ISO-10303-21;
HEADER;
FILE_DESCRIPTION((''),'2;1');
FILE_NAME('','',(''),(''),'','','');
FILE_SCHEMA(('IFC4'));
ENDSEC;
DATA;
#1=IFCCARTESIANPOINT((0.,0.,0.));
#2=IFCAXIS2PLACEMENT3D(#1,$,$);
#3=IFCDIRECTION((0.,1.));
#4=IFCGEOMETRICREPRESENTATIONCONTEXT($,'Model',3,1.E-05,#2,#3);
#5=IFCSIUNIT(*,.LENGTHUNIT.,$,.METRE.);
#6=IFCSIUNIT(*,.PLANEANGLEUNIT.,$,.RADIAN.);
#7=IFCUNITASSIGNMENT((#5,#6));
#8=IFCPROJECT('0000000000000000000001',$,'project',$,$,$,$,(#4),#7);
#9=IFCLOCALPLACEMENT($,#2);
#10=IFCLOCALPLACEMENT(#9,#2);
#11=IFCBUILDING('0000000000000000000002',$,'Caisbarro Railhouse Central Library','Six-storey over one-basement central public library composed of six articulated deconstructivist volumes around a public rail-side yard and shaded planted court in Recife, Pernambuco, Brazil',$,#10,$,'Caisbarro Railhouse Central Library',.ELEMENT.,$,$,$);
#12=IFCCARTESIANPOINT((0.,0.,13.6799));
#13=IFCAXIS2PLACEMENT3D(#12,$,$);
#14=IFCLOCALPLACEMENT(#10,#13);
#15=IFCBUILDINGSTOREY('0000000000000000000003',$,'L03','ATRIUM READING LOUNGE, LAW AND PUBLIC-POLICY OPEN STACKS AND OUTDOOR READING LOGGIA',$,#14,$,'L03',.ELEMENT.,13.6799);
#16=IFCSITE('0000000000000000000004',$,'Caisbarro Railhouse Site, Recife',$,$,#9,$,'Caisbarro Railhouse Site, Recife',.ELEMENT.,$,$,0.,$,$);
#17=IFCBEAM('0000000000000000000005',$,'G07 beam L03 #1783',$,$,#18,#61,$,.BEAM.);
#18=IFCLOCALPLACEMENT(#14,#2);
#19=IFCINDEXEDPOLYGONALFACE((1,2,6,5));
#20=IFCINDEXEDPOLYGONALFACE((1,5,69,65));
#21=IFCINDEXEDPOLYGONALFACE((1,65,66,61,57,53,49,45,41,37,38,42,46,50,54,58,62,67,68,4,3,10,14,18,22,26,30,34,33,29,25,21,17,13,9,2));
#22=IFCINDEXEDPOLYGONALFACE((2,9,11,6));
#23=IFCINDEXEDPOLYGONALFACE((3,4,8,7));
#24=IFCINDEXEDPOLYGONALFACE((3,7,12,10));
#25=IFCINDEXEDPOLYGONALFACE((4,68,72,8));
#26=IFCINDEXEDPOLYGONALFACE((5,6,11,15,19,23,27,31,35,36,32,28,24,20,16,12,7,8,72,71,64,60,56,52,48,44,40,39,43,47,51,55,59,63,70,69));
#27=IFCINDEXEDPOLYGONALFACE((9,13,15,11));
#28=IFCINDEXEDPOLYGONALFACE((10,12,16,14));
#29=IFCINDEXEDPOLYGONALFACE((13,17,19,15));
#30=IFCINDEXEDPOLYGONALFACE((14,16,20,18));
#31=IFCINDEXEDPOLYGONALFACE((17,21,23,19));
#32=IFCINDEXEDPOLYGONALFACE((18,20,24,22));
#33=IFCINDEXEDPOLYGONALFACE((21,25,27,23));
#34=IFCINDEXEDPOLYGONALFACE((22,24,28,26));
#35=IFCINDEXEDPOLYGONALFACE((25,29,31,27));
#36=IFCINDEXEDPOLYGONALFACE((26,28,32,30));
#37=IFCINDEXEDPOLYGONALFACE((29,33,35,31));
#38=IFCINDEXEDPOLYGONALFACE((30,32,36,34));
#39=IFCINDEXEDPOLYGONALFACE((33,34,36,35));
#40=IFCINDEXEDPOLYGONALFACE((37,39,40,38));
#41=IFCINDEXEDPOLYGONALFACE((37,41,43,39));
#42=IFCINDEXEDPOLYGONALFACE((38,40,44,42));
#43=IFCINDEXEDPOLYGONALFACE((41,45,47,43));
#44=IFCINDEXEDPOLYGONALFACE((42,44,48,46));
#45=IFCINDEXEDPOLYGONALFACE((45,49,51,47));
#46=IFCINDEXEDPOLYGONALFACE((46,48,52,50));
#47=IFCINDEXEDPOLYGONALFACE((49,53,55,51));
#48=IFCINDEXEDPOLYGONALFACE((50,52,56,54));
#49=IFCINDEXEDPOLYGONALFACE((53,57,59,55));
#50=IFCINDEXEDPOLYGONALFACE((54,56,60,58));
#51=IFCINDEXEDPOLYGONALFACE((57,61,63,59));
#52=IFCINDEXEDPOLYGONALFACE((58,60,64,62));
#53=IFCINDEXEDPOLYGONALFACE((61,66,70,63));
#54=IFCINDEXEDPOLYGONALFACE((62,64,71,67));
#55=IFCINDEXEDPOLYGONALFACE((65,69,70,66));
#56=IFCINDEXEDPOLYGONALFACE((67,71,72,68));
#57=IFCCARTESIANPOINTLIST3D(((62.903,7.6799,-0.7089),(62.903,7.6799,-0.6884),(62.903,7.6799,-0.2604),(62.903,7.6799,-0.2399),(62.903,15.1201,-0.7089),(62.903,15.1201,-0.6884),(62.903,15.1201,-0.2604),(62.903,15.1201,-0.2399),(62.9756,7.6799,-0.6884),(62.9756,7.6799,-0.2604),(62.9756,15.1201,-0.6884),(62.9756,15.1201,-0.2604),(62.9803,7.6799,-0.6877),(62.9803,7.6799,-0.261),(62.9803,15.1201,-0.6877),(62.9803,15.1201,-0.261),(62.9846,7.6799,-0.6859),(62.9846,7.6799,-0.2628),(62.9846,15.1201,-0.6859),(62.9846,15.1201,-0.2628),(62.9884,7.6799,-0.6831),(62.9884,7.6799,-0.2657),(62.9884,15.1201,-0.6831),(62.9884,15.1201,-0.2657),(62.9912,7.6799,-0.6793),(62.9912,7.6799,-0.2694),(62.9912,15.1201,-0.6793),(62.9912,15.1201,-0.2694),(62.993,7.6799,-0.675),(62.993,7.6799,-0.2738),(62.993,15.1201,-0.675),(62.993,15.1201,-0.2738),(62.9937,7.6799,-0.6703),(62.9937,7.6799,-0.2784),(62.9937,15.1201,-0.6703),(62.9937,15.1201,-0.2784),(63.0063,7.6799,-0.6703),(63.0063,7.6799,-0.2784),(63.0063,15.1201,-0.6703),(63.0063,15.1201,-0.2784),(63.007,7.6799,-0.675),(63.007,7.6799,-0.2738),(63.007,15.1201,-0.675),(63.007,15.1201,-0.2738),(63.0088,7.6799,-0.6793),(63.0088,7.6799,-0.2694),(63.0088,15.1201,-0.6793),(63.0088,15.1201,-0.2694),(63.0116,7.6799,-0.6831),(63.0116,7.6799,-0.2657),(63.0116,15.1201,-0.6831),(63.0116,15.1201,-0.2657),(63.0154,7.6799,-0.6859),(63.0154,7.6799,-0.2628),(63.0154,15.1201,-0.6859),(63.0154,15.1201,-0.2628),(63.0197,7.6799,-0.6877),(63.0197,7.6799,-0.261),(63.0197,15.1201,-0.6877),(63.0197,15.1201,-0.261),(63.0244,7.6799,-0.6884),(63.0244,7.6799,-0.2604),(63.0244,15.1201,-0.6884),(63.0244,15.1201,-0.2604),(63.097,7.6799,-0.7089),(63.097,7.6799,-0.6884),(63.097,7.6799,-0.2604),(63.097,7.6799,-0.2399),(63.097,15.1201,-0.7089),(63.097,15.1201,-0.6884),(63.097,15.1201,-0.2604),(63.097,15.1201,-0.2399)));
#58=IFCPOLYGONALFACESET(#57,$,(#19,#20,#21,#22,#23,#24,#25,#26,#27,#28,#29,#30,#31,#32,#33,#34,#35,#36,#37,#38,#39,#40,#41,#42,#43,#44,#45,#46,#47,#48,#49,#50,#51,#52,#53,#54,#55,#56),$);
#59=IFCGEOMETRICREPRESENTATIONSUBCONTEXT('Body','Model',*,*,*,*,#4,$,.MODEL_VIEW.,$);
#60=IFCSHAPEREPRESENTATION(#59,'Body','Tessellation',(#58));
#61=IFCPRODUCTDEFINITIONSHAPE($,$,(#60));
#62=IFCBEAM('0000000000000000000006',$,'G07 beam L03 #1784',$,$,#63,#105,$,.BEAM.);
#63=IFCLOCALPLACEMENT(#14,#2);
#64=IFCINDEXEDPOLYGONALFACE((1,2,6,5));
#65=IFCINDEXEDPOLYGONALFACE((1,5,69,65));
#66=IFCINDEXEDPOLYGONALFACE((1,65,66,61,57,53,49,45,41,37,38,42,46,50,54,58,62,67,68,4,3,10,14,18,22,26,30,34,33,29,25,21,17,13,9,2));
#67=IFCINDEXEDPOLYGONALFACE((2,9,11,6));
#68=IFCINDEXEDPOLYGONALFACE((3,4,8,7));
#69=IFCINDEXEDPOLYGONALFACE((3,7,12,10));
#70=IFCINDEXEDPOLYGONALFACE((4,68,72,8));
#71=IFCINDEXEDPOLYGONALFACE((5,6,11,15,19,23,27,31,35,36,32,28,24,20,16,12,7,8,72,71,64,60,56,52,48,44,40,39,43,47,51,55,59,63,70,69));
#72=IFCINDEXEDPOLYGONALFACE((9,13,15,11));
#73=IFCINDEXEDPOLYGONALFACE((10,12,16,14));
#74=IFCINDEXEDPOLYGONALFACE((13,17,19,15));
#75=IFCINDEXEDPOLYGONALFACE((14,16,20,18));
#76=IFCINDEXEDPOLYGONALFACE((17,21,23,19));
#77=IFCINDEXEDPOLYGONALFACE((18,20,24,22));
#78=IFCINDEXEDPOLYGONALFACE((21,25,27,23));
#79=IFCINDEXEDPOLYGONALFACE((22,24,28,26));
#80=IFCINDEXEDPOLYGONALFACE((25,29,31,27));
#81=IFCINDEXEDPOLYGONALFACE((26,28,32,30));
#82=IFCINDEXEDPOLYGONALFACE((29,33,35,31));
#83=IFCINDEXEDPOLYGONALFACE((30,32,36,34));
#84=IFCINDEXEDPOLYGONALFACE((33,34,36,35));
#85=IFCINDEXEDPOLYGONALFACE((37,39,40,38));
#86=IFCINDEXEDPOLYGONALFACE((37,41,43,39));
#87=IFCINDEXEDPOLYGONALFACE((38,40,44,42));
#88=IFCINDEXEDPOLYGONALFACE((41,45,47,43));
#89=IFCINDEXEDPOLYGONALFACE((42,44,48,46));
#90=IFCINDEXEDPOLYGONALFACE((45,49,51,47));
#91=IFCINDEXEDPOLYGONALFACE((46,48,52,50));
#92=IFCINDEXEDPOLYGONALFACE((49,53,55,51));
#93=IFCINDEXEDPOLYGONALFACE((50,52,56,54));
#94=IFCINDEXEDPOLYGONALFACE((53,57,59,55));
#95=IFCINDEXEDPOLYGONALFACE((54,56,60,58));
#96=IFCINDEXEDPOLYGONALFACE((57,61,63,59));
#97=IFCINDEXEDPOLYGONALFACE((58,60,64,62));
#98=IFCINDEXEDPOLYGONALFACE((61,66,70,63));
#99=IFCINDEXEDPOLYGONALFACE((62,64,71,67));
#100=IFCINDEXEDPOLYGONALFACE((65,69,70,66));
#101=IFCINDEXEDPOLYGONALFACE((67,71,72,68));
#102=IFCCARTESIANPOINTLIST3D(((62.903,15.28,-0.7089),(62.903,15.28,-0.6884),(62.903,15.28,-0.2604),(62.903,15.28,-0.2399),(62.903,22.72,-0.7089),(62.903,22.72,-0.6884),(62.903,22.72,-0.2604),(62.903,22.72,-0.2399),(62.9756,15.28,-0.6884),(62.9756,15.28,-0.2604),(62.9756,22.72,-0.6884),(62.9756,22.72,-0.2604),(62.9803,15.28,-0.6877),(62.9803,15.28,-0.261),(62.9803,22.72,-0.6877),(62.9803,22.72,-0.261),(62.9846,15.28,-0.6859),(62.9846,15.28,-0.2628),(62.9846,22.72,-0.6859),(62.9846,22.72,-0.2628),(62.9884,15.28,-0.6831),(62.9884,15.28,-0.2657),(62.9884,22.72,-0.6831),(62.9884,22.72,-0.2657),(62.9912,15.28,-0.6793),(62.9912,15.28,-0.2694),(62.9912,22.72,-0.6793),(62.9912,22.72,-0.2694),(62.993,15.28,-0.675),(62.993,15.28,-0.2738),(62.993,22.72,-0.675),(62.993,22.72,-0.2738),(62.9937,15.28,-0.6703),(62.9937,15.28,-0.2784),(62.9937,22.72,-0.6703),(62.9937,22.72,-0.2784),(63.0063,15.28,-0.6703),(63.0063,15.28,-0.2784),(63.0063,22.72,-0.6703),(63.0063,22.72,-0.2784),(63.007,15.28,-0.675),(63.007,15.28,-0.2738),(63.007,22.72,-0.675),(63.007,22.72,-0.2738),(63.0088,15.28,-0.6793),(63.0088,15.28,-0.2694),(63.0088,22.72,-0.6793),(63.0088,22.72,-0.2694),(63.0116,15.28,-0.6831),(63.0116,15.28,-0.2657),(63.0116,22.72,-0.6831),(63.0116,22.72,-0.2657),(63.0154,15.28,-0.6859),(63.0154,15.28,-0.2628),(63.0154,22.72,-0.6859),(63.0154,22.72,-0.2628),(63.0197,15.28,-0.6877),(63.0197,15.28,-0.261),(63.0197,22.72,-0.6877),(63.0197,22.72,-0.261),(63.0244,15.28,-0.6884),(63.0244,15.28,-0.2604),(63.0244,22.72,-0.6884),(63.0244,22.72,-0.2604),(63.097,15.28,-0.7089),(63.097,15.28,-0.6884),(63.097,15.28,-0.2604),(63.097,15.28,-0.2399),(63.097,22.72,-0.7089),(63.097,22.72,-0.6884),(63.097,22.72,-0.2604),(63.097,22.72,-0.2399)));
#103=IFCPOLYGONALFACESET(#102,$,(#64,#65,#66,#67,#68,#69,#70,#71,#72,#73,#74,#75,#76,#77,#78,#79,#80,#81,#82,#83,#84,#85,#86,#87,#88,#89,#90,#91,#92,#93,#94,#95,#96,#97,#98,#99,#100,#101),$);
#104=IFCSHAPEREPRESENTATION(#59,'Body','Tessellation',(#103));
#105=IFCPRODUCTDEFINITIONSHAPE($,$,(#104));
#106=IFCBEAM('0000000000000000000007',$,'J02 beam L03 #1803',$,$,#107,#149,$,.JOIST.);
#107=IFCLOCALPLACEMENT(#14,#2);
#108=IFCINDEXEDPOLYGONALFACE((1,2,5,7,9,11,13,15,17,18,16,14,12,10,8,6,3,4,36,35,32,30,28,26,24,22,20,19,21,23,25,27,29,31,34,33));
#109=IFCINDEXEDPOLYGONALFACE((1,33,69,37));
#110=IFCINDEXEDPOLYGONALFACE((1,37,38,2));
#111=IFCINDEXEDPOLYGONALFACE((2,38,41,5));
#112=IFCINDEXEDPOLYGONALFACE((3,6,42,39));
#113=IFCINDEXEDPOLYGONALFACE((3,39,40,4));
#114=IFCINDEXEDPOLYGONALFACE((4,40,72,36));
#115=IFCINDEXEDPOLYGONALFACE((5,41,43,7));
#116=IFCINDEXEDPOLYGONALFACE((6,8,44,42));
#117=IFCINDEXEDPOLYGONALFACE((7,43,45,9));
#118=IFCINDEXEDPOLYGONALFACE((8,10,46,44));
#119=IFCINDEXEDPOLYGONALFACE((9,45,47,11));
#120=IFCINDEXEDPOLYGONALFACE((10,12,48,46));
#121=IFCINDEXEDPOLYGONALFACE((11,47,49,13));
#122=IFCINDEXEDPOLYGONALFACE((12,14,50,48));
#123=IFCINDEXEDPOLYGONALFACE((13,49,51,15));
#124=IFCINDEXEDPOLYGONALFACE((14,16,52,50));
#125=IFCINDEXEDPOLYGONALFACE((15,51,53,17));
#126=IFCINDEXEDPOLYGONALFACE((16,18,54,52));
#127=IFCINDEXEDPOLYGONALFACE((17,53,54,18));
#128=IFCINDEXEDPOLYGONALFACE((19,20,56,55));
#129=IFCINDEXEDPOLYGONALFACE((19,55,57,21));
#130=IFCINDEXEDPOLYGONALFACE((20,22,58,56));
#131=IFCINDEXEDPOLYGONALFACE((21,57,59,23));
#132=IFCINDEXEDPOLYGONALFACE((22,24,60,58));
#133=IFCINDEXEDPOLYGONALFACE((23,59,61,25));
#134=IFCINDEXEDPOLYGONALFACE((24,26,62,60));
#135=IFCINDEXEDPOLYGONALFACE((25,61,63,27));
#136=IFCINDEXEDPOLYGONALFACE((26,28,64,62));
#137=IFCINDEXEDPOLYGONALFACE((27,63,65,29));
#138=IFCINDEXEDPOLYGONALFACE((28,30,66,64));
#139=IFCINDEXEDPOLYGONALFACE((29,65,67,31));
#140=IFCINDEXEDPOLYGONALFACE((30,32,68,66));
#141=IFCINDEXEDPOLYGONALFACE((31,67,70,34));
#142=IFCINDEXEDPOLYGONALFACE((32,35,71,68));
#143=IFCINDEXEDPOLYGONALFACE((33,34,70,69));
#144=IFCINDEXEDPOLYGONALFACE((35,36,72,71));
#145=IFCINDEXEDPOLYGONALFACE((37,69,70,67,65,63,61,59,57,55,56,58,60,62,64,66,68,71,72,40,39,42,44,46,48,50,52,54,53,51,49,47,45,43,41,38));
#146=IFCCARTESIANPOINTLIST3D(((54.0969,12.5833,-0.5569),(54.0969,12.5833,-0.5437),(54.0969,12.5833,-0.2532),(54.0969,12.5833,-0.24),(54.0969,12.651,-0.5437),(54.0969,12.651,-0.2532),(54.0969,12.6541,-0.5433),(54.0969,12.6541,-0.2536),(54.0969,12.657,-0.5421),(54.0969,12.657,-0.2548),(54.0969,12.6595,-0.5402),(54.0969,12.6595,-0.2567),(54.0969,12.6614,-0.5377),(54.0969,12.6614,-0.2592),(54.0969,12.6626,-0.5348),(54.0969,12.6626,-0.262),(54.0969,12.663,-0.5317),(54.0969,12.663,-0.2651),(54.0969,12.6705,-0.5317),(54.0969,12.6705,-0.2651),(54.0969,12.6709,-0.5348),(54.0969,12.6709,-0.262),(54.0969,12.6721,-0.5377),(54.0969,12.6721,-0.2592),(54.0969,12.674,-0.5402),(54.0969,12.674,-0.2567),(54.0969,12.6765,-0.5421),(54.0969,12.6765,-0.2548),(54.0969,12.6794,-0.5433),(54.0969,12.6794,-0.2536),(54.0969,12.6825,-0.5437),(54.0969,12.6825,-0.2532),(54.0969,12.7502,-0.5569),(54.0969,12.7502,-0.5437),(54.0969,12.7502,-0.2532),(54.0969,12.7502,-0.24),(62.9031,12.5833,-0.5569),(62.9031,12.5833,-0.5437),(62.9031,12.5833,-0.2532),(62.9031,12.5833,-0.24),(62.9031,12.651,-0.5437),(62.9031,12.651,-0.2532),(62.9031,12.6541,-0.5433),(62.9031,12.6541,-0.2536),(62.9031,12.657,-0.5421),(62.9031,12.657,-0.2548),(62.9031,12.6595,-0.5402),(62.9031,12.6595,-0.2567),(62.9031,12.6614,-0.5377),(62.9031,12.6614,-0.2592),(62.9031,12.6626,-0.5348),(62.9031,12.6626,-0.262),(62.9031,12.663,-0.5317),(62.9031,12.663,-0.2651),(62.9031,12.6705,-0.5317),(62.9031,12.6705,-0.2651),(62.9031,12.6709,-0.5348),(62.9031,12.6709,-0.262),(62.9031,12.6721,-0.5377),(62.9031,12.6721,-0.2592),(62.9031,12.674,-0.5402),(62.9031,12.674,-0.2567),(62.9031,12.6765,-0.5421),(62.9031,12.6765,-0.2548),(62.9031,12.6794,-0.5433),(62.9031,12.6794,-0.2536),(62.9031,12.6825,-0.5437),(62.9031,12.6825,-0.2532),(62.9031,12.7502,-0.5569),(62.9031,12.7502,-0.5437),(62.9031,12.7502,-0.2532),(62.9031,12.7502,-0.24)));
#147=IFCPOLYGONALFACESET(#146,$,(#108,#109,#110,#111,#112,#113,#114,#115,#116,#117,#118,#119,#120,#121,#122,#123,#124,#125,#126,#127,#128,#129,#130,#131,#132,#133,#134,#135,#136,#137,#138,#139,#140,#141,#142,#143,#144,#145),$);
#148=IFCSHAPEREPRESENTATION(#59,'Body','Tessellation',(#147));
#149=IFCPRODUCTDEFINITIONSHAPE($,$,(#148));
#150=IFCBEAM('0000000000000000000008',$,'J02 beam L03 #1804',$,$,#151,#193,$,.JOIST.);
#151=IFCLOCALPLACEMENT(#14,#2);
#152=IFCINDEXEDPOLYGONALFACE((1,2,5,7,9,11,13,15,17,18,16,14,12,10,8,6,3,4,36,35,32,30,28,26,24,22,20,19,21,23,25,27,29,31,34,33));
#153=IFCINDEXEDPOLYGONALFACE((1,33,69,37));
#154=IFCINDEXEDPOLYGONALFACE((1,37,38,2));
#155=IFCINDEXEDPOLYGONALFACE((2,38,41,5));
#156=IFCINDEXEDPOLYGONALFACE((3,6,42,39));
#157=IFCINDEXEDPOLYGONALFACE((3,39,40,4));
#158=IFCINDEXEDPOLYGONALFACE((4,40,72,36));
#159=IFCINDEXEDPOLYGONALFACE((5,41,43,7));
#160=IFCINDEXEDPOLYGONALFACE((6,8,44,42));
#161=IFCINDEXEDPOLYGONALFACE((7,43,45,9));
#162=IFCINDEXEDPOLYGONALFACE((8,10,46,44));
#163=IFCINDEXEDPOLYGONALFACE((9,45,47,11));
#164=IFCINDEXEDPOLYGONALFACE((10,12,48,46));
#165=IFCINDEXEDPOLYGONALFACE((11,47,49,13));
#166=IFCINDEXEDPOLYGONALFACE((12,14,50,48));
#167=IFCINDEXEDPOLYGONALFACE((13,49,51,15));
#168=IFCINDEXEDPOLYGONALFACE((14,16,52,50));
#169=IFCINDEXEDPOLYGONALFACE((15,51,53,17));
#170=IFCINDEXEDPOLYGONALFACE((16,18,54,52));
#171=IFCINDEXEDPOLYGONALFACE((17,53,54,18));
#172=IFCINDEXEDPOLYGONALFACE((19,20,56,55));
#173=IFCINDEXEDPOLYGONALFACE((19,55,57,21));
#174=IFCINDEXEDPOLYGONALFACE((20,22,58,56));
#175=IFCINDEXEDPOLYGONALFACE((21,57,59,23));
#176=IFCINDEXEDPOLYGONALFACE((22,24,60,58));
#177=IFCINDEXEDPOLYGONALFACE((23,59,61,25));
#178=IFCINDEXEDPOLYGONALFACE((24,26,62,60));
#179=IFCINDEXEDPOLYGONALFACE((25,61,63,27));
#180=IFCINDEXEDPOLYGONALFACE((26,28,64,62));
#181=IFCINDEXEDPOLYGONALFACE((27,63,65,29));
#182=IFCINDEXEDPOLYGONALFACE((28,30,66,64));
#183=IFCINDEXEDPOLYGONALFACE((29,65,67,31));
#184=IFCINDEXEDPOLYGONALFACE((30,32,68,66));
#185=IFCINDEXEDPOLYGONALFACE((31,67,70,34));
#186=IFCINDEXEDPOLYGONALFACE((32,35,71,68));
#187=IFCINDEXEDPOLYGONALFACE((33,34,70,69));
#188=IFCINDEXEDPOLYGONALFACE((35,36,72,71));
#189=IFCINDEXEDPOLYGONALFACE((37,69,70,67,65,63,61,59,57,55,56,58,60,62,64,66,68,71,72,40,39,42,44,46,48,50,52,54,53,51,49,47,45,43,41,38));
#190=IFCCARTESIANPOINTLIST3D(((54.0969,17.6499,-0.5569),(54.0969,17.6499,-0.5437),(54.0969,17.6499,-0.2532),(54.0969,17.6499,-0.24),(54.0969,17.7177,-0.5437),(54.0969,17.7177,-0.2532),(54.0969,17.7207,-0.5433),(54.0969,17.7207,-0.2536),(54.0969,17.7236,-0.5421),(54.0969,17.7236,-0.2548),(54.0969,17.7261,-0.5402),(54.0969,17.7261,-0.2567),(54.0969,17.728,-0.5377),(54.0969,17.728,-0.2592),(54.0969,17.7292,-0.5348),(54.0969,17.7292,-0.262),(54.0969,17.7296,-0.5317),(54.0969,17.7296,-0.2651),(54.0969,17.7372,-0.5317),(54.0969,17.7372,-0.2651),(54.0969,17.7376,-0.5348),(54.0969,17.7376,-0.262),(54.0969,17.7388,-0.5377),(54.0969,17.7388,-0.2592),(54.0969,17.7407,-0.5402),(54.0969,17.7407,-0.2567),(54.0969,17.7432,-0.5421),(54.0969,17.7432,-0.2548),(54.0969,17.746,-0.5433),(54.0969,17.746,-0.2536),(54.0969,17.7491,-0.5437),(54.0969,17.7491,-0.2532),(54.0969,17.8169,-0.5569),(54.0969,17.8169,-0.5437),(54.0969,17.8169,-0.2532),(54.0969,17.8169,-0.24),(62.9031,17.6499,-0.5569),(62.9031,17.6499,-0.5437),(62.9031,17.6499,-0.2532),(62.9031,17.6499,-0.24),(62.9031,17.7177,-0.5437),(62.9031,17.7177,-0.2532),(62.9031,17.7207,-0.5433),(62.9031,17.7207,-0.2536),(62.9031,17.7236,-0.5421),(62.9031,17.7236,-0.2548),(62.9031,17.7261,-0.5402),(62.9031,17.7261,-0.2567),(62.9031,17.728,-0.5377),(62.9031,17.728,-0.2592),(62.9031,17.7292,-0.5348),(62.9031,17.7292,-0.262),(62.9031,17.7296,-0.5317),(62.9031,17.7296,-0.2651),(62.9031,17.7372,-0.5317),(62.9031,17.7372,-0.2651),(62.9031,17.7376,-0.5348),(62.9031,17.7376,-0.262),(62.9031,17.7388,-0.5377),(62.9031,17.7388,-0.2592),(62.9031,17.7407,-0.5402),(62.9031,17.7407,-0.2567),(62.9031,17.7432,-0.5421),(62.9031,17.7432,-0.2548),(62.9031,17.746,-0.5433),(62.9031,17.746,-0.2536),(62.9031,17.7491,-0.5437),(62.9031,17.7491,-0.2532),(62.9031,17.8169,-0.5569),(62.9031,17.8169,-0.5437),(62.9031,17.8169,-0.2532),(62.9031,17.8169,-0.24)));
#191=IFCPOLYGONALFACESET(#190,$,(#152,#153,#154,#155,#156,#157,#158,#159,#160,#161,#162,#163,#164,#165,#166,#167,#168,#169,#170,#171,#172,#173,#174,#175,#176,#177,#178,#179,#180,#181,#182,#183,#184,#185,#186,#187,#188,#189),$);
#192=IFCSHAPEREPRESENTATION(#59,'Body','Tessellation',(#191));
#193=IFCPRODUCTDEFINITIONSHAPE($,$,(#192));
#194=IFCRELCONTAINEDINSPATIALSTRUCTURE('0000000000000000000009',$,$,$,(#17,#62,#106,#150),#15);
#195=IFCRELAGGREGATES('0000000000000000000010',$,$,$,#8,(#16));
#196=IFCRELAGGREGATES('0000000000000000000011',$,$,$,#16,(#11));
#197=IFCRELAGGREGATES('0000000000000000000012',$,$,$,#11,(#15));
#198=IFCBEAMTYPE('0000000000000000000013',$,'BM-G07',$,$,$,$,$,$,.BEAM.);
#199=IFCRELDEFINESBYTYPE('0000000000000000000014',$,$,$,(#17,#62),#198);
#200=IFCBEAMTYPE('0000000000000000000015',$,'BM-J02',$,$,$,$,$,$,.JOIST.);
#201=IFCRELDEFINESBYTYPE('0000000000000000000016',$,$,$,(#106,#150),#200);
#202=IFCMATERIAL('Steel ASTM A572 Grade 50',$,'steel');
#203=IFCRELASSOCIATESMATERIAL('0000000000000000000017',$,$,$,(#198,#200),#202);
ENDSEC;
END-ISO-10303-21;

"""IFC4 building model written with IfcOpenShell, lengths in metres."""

from ifc_helpers import new_model, si_unit, direction, frame, origin, origin_2d, place, context, subcontext, project, spatial, i_section, extrude, material, material_profile, profile_set, type_object, element, save


model = new_model("IFC4")

# Units and contexts
model_context = context("Model", 3, precision=1e-05, world=origin(), true_north=direction((0.0, 1.0)))
body_context = subcontext(model_context, "Body", "Model", "MODEL_VIEW")
ifc_project = project(units=[si_unit("LENGTHUNIT", "METRE"), si_unit("PLANEANGLEUNIT", "RADIAN")], contexts=[model_context])

# Site, building, storey
site_placement = place(None, origin())
site = spatial("IfcSite", under=ifc_project, at=site_placement, Name="Caisbarro Railhouse Site, Recife", LongName="Caisbarro Railhouse Site, Recife", CompositionType="ELEMENT", RefElevation=0.0)
building_placement = place(site_placement, origin())
building = spatial("IfcBuilding", under=site, at=building_placement, Name="Caisbarro Railhouse Central Library", Description="Six-storey over one-basement central public library composed of six articulated deconstructivist volumes around a public rail-side yard and shaded planted court in Recife, Pernambuco, Brazil", LongName="Caisbarro Railhouse Central Library", CompositionType="ELEMENT")
storey_placement = place(building_placement, frame((0.0, 0.0, 13.6799)))
storey = spatial("IfcBuildingStorey", under=building, at=storey_placement, Name="L03", Description="ATRIUM READING LOUNGE, LAW AND PUBLIC-POLICY OPEN STACKS AND OUTDOOR READING LOGGIA", LongName="L03", CompositionType="ELEMENT", Elevation=13.6799)

# Shared definitions
ifc_material_1 = material(Name="Steel ASTM A572 Grade 50", Category="steel")

# Beams
ifc_material_profile_1 = material_profile(ifc_material_1, i_section(OverallWidth=0.1941, OverallDepth=0.469, WebThickness=0.0127, FlangeThickness=0.0205, FilletRadius=0.0181, at=origin_2d()), Name="W460X106.0")
ifc_profile_set_1 = profile_set([ifc_material_profile_1], Name="Steel ASTM A572 Grade 50")
beam_type_1 = type_object("IfcBeamType", Name="BM-G07", PredefinedType="BEAM", material=ifc_profile_set_1)
beam_1_placement = place(storey_placement, frame((63.0, 7.6799, -0.4744), z_axis=(0.0, 1.0, 0.0), x_axis=(-1.0, 0.0, 0.0)))
element("IfcBeam", 1, at=beam_1_placement, inside=storey, type_object=beam_type_1, Name="G07 beam L03 #1783", PredefinedType="BEAM", context=body_context, shape_type="SweptSolid", body=[
    extrude(i_section(OverallWidth=0.1941, OverallDepth=0.469, WebThickness=0.0127, FlangeThickness=0.0205, FilletRadius=0.0181, at=origin_2d()), origin(), (0.0, 0.0, 1.0), 7.4402),
])
beam_2_placement = place(storey_placement, frame((63.0, 15.28, -0.4744), z_axis=(0.0, 1.0, 0.0), x_axis=(-1.0, 0.0, 0.0)))
element("IfcBeam", 2, at=beam_2_placement, inside=storey, type_object=beam_type_1, Name="G07 beam L03 #1784", PredefinedType="BEAM", context=body_context, shape_type="SweptSolid", body=[
    extrude(i_section(OverallWidth=0.1941, OverallDepth=0.469, WebThickness=0.0127, FlangeThickness=0.0205, FilletRadius=0.0181, at=origin_2d()), origin(), (0.0, 0.0, 1.0), 7.4399),
])
ifc_material_profile_2 = material_profile(ifc_material_1, i_section(OverallWidth=0.167, OverallDepth=0.3169, WebThickness=0.0076, FlangeThickness=0.0132, FilletRadius=0.012, at=origin_2d()), Name="W310X52.0")
ifc_profile_set_2 = profile_set([ifc_material_profile_2], Name="Steel ASTM A572 Grade 50")
beam_type_2 = type_object("IfcBeamType", Name="BM-J02", PredefinedType="JOIST", material=ifc_profile_set_2)
for number, where, z_axis, x_axis, name in (
    (3, (54.0969, 12.6667, -0.3984), (1.0, 0.0, 0.0), (0.0, 1.0, 0.0), "J02 beam L03 #1803"),
    (4, (54.0969, 17.7334, -0.3984), (1.0, 0.0, 0.0), (0.0, 1.0, 0.0), "J02 beam L03 #1804"),
):
    element("IfcBeam", number, at=place(storey_placement, frame(where, z_axis=z_axis, x_axis=x_axis)), inside=storey, type_object=beam_type_2, Name=name, PredefinedType="JOIST", context=body_context, shape_type="SweptSolid", body=[
        extrude(i_section(OverallWidth=0.167, OverallDepth=0.3169, WebThickness=0.0076, FlangeThickness=0.0132, FilletRadius=0.012, at=origin_2d()), origin(), (0.0, 0.0, 1.0), 8.8062),
    ])

save(model, "model.ifc")
